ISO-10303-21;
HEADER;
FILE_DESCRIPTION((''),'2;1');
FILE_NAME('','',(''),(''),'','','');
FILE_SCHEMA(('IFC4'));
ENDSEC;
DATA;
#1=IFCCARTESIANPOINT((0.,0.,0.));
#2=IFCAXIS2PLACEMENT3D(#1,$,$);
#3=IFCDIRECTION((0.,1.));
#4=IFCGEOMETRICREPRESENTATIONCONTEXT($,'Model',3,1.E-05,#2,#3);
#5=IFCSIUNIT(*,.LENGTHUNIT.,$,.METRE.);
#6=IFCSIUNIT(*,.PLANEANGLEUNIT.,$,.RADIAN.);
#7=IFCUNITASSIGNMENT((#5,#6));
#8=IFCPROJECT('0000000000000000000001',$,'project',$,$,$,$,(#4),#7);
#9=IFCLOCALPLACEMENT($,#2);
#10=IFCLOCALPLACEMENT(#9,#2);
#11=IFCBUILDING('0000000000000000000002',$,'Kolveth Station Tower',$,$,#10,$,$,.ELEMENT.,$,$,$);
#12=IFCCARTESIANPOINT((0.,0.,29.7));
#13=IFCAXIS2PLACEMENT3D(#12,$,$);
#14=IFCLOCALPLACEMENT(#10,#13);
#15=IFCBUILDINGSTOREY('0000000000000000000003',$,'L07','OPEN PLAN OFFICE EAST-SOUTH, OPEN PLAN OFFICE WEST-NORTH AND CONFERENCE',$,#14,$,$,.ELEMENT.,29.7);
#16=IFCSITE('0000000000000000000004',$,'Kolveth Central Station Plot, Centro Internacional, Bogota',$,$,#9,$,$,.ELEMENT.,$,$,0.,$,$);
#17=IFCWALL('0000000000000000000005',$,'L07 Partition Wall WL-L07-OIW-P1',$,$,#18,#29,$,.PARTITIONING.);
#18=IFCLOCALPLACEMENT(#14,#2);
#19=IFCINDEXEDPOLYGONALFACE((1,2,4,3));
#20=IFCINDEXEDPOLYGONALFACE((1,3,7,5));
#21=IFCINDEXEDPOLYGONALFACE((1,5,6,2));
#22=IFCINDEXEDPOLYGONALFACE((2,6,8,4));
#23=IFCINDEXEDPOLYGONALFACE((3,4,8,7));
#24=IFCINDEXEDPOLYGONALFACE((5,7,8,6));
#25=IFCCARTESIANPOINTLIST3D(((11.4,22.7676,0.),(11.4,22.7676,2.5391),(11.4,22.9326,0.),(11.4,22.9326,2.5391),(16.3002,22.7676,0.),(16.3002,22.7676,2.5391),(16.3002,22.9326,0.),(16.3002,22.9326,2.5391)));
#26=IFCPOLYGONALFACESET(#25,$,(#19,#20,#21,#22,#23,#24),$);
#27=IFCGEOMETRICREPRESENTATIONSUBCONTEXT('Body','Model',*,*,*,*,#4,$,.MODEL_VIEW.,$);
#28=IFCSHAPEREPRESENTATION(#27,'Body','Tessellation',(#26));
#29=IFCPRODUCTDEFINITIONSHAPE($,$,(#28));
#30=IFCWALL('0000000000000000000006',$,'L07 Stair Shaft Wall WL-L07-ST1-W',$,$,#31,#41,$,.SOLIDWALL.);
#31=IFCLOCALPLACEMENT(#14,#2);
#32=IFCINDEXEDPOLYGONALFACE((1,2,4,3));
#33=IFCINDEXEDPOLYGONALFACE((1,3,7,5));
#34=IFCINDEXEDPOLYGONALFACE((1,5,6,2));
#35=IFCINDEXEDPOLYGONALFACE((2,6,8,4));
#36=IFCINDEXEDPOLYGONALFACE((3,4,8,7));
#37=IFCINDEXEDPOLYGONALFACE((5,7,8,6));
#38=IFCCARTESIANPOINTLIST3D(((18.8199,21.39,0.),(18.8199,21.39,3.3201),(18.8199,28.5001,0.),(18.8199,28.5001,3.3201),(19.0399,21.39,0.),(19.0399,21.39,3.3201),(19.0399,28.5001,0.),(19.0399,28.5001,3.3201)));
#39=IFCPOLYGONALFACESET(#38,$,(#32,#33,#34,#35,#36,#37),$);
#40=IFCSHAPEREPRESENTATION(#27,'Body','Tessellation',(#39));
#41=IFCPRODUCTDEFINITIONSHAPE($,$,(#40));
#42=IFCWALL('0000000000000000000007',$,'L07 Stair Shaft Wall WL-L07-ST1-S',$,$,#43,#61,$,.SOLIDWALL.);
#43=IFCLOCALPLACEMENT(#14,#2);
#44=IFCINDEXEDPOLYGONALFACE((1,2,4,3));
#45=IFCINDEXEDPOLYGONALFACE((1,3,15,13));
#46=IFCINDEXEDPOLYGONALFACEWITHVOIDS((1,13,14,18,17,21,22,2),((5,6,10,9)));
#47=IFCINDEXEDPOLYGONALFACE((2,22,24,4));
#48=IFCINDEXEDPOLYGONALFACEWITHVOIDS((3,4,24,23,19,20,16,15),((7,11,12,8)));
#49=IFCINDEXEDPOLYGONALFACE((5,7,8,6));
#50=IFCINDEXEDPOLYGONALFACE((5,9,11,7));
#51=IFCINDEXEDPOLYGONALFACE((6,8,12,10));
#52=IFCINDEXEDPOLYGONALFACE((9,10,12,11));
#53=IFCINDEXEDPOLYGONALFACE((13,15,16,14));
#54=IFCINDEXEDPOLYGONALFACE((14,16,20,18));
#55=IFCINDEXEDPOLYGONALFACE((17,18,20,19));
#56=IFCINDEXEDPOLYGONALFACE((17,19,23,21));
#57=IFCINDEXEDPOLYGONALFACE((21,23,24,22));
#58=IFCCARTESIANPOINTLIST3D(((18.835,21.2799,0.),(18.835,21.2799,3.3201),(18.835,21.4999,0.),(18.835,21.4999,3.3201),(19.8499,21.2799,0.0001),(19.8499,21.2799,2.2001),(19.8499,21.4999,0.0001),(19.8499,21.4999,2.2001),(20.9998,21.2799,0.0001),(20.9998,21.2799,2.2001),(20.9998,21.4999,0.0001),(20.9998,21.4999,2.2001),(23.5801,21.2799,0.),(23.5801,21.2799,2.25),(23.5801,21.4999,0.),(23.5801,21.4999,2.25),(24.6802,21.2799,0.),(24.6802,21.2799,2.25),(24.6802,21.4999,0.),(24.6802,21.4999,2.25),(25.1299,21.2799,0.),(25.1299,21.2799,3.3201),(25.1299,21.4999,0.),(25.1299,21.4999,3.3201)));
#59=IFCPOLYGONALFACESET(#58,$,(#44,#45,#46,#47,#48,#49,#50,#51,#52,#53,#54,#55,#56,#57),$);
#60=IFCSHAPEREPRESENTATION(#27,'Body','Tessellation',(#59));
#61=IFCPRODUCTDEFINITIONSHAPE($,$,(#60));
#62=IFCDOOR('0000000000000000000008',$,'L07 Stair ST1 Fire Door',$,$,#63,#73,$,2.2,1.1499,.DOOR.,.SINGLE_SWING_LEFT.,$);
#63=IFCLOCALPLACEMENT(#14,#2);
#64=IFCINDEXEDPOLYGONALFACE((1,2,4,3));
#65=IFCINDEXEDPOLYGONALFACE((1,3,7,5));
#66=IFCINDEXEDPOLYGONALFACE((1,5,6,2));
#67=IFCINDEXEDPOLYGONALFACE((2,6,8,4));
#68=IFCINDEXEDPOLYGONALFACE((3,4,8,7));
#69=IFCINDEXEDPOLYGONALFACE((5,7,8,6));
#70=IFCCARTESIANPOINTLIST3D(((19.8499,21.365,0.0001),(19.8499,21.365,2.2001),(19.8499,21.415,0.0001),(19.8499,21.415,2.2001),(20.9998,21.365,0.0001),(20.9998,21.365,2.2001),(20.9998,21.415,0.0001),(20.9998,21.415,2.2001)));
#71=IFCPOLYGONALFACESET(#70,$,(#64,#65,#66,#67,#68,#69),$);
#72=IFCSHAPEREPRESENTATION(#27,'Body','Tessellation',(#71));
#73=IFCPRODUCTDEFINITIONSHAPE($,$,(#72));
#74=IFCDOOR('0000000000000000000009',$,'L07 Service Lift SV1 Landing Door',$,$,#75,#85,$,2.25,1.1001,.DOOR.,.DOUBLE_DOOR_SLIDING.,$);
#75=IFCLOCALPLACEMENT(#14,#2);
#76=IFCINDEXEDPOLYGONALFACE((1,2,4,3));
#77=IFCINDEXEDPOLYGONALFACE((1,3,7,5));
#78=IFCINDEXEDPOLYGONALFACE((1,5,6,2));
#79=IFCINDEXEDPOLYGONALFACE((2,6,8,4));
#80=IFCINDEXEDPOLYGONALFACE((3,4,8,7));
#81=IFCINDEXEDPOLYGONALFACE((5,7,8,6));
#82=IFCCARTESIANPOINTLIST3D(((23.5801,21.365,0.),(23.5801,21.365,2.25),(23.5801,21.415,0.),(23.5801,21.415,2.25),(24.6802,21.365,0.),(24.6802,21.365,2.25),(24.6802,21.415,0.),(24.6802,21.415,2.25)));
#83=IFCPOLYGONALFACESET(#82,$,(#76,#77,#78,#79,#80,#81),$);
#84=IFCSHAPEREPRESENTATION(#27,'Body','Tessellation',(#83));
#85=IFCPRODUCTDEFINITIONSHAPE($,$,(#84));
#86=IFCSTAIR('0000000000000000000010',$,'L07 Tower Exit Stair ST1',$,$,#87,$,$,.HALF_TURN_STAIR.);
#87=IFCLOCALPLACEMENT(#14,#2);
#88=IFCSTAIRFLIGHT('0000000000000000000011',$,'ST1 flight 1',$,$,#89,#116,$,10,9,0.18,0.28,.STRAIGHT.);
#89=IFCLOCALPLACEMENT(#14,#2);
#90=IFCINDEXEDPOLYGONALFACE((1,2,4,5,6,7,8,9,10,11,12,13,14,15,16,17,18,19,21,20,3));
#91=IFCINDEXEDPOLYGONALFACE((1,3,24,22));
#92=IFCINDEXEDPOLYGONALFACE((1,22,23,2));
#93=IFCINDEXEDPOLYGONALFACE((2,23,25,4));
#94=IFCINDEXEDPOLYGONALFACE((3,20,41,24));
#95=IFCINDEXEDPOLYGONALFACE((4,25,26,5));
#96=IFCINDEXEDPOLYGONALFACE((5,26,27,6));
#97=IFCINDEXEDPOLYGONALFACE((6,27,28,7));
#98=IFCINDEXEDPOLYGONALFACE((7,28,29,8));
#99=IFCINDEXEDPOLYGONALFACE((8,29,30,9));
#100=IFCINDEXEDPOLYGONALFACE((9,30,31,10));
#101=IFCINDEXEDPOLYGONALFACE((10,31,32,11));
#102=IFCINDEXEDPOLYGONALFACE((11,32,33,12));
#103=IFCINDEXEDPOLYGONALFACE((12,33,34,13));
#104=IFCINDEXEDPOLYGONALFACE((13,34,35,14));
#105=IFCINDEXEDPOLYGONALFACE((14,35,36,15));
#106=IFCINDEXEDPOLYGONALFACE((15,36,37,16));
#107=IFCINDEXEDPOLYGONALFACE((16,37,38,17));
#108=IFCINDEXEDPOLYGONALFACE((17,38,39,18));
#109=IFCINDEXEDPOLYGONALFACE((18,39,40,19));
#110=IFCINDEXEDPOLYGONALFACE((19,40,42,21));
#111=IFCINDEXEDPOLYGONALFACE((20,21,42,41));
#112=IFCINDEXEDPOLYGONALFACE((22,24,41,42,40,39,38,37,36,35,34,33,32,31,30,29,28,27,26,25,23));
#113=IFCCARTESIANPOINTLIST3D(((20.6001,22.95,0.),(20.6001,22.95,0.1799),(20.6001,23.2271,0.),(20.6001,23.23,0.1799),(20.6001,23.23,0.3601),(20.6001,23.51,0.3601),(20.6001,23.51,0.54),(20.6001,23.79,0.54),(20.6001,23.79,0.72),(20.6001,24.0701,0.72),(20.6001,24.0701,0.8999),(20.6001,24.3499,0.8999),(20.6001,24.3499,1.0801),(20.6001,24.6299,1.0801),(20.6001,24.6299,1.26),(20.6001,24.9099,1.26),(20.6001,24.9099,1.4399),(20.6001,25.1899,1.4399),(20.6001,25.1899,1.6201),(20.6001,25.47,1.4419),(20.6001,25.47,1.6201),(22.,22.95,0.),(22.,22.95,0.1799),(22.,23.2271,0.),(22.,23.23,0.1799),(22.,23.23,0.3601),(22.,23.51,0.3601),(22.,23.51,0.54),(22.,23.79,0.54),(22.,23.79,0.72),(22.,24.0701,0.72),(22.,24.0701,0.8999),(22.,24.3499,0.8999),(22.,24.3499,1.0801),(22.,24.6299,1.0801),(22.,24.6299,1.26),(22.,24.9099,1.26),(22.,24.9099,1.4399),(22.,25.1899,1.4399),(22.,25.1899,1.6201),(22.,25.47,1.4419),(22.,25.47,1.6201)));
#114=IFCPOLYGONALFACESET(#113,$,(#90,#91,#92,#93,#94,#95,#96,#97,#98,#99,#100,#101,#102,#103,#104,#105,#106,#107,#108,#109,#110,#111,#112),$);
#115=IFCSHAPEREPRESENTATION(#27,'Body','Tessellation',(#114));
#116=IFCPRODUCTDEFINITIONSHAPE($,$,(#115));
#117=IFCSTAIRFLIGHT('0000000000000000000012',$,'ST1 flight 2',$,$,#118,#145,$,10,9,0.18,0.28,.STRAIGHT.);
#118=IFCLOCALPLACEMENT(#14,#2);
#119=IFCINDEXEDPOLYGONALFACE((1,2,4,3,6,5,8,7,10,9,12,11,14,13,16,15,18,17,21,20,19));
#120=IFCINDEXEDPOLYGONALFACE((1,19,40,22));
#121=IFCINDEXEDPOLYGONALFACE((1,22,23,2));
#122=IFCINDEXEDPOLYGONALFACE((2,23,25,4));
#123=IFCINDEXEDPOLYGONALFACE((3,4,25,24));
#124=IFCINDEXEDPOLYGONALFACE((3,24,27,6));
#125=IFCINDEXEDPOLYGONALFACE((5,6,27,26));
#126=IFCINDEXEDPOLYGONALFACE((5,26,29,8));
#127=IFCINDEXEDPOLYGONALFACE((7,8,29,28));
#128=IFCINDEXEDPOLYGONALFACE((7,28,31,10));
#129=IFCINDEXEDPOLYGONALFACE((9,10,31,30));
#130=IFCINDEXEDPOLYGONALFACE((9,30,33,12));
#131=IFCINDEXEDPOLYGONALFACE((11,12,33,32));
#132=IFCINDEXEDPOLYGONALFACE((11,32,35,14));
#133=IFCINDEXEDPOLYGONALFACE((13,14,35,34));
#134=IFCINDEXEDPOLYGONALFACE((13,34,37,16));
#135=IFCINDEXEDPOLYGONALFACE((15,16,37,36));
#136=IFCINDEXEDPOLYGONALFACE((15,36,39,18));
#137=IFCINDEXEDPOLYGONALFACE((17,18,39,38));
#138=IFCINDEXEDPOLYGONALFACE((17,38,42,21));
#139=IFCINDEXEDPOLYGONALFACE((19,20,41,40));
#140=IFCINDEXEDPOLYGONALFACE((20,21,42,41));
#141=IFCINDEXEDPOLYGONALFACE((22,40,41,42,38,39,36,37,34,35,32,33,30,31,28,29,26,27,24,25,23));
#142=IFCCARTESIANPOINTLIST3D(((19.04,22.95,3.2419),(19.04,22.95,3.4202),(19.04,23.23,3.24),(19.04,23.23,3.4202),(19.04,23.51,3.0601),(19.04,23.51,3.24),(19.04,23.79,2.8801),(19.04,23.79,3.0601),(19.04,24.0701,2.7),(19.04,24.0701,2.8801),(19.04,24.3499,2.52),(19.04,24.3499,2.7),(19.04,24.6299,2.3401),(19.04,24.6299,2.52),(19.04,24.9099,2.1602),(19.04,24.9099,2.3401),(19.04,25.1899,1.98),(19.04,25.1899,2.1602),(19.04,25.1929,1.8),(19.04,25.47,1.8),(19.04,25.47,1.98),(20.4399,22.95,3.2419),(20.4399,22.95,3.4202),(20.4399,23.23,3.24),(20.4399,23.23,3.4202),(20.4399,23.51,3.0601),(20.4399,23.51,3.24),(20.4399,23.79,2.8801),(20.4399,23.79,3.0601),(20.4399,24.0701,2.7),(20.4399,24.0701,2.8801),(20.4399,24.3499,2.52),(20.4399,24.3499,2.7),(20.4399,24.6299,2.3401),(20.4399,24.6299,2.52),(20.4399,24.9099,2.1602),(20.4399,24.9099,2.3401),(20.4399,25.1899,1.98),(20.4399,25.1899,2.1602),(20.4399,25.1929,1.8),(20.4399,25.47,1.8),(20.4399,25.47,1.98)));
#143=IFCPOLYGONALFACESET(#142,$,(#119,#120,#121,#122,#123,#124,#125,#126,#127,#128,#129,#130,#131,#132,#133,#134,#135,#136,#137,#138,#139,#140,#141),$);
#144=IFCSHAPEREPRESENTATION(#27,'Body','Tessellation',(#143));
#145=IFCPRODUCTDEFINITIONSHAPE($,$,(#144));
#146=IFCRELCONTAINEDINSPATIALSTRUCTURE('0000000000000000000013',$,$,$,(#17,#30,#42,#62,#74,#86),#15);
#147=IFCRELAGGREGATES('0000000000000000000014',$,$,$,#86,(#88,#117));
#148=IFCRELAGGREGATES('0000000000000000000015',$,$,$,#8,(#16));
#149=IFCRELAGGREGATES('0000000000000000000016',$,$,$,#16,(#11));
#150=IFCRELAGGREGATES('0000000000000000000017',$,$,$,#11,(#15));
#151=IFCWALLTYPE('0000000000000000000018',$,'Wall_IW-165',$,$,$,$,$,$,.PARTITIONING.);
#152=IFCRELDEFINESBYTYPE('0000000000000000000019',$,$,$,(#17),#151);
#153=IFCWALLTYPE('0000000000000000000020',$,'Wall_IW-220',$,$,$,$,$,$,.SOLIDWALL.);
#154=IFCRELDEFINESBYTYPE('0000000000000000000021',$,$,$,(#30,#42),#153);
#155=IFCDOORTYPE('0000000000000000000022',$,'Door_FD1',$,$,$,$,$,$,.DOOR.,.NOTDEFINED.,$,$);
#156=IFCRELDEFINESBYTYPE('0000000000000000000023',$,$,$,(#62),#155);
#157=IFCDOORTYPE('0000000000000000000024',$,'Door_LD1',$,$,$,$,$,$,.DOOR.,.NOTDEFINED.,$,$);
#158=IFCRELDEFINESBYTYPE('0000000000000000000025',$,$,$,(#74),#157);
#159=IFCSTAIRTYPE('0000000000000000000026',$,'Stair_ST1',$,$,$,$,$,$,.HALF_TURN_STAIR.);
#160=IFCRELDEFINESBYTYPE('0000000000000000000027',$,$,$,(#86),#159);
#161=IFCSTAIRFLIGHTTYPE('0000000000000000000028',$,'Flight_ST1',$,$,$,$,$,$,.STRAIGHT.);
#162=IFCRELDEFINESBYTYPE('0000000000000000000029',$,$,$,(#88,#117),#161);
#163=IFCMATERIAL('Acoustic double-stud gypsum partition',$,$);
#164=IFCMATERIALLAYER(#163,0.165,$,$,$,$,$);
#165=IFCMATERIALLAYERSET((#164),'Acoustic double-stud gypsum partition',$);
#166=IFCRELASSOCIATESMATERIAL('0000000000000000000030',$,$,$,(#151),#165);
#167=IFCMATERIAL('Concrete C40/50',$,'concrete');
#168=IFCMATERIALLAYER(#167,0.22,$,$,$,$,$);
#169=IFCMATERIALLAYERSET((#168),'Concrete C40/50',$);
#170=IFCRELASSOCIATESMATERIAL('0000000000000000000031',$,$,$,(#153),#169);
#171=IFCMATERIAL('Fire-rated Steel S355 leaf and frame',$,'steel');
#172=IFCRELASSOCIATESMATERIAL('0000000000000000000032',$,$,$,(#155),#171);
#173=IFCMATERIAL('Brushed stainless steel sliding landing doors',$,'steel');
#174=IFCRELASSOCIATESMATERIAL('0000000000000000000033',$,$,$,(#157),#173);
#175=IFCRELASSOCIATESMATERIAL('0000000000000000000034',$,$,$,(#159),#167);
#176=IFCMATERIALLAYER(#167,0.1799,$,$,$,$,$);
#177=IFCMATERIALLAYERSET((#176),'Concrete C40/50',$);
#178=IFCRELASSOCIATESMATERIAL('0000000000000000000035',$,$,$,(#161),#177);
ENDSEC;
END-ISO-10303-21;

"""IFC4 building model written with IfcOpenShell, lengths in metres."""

from ifc_helpers import new_model, si_unit, direction, frame, frame_2d, origin, place, context, subcontext, project, spatial, polyline, rectangle, outline, extrude, material, layer, layer_set, type_object, element, fill, aggregate, save


model = new_model("IFC4")

# Units and contexts
model_context = context("Model", 3, precision=1e-05, world=origin(), true_north=direction((0.0, 1.0)))
body_context = subcontext(model_context, "Body", "Model", "MODEL_VIEW")
ifc_project = project(units=[si_unit("LENGTHUNIT", "METRE"), si_unit("PLANEANGLEUNIT", "RADIAN")], contexts=[model_context])

# Site, building, storey
site_placement = place(None, origin())
site = spatial("IfcSite", under=ifc_project, at=site_placement, Name="Kolveth Central Station Plot, Centro Internacional, Bogota", CompositionType="ELEMENT", RefElevation=0.0)
building_placement = place(site_placement, origin())
building = spatial("IfcBuilding", under=site, at=building_placement, Name="Kolveth Station Tower", CompositionType="ELEMENT")
storey_placement = place(building_placement, frame((0.0, 0.0, 29.7)))
storey = spatial("IfcBuildingStorey", under=building, at=storey_placement, Name="L07", Description="OPEN PLAN OFFICE EAST-SOUTH, OPEN PLAN OFFICE WEST-NORTH AND CONFERENCE", CompositionType="ELEMENT", Elevation=29.7)

# Walls
ifc_material_1 = material(Name="Acoustic double-stud gypsum partition")
ifc_layer_1 = layer(ifc_material_1, 0.165)
ifc_layer_set_1 = layer_set([ifc_layer_1], Name="Acoustic double-stud gypsum partition")
wall_type_1 = type_object("IfcWallType", Name="Wall_IW-165", PredefinedType="PARTITIONING", material=ifc_layer_set_1)
wall_1_placement = place(storey_placement, frame((11.3999, 22.8501, 0.0), z_axis=(0.0, 0.0, 1.0), x_axis=(1.0, 0.0, 0.0)))
element("IfcWall", 1, at=wall_1_placement, inside=storey, type_object=wall_type_1, Name="L07 Partition Wall WL-L07-OIW-P1", PredefinedType="PARTITIONING", context=body_context, shape_type="SweptSolid", body=[
    extrude(rectangle(XDim=4.9001, YDim=0.165, at=frame_2d((2.4502, 0.0))), origin(), (0.0, 0.0, 1.0), 2.5391),
])
ifc_material_2 = material(Name="Concrete C40/50", Category="concrete")
ifc_layer_2 = layer(ifc_material_2, 0.22)
ifc_layer_set_2 = layer_set([ifc_layer_2], Name="Concrete C40/50")
wall_type_2 = type_object("IfcWallType", Name="Wall_IW-220", PredefinedType="SOLIDWALL", material=ifc_layer_set_2)
wall_2_placement = place(storey_placement, frame((18.9299, 21.3899, 0.0), z_axis=(0.0, 0.0, 1.0), x_axis=(0.0, 1.0, 0.0)))
element("IfcWall", 2, at=wall_2_placement, inside=storey, type_object=wall_type_2, Name="L07 Stair Shaft Wall WL-L07-ST1-W", PredefinedType="SOLIDWALL", context=body_context, shape_type="SweptSolid", body=[
    extrude(rectangle(XDim=7.1101, YDim=0.22, at=frame_2d((3.5552, 0.0))), origin(), (0.0, 0.0, 1.0), 3.3201),
])

# Wall, openings, doors
wall_3_placement = place(storey_placement, frame((18.835, 21.3899, 0.0), z_axis=(0.0, 0.0, 1.0), x_axis=(1.0, 0.0, 0.0)))
wall_3 = element("IfcWall", 3, at=wall_3_placement, inside=storey, type_object=wall_type_2, Name="L07 Stair Shaft Wall WL-L07-ST1-S", PredefinedType="SOLIDWALL", context=body_context, shape_type="SweptSolid", body=[
    extrude(rectangle(XDim=6.2949, YDim=0.22, at=frame_2d((3.1475, 0.0))), origin(), (0.0, 0.0, 1.0), 3.3201),
])
opening_1_placement = place(wall_3_placement, frame((1.0149, 0.0, 0.0)))
opening_1 = element("IfcOpeningElement", 4, at=opening_1_placement, cuts=wall_3, PredefinedType="OPENING", context=body_context, shape_type="SweptSolid", body=[
    extrude(rectangle(XDim=1.1499, YDim=2.2, at=frame_2d((0.575, 1.1001))), frame((0.0, 0.1199, 0.0), z_axis=(0.0, -1.0, 0.0), x_axis=(1.0, 0.0, 0.0)), (0.0, 0.0, 1.0), 0.24),
])
opening_2_placement = place(wall_3_placement, frame((4.7451, 0.0, 0.0)))
opening_2 = element("IfcOpeningElement", 5, at=opening_2_placement, cuts=wall_3, PredefinedType="OPENING", context=body_context, shape_type="SweptSolid", body=[
    extrude(rectangle(XDim=1.1001, YDim=2.25, at=frame_2d((0.55, 1.125))), frame((0.0, 0.1199, 0.0), z_axis=(0.0, -1.0, 0.0), x_axis=(1.0, 0.0, 0.0)), (0.0, 0.0, 1.0), 0.24),
])
ifc_material_3 = material(Name="Fire-rated Steel S355 leaf and frame", Category="steel")
door_type_1 = type_object("IfcDoorType", Name="Door_FD1", OperationType="NOTDEFINED", PredefinedType="DOOR", material=ifc_material_3)
door_1_placement = place(opening_1_placement, frame((1.1499, 0.0, 0.0), z_axis=(0.0, 0.0, 1.0), x_axis=(-1.0, 0.0, 0.0)))
door_1 = element("IfcDoor", 6, at=door_1_placement, inside=storey, type_object=door_type_1, Name="L07 Stair ST1 Fire Door", OperationType="SINGLE_SWING_LEFT", OverallHeight=2.2, OverallWidth=1.1499, PredefinedType="DOOR", context=body_context, shape_type="SweptSolid", body=[
    extrude(rectangle(XDim=1.1499, YDim=2.2, at=frame_2d((0.575, 1.1001))), frame((0.0, 0.0249, 0.0), z_axis=(0.0, -1.0, 0.0), x_axis=(1.0, 0.0, 0.0)), (0.0, 0.0, 1.0), 0.05),
])
fill(opening_1, door_1)
ifc_material_4 = material(Name="Brushed stainless steel sliding landing doors", Category="steel")
door_type_2 = type_object("IfcDoorType", Name="Door_LD1", OperationType="NOTDEFINED", PredefinedType="DOOR", material=ifc_material_4)
door_2_placement = place(opening_2_placement, frame((1.1001, 0.0, 0.0), z_axis=(0.0, 0.0, 1.0), x_axis=(-1.0, 0.0, 0.0)))
door_2 = element("IfcDoor", 7, at=door_2_placement, inside=storey, type_object=door_type_2, Name="L07 Service Lift SV1 Landing Door", OperationType="DOUBLE_DOOR_SLIDING", OverallHeight=2.25, OverallWidth=1.1001, PredefinedType="DOOR", context=body_context, shape_type="SweptSolid", body=[
    extrude(rectangle(XDim=1.1001, YDim=2.25, at=frame_2d((0.55, 1.125))), frame((0.0, 0.0249, 0.0), z_axis=(0.0, -1.0, 0.0), x_axis=(1.0, 0.0, 0.0)), (0.0, 0.0, 1.0), 0.05),
])
fill(opening_2, door_2)

# Stair, stair flights
stair_type = type_object("IfcStairType", Name="Stair_ST1", PredefinedType="HALF_TURN_STAIR", material=ifc_material_2)
stair_placement = place(storey_placement, origin())
stair = element("IfcStair", 8, at=stair_placement, inside=storey, type_object=stair_type, Name="L07 Tower Exit Stair ST1", PredefinedType="HALF_TURN_STAIR")
ifc_layer_3 = layer(ifc_material_2, 0.1799)
ifc_layer_set_3 = layer_set([ifc_layer_3], Name="Concrete C40/50")
stair_flight_type = type_object("IfcStairFlightType", Name="Flight_ST1", PredefinedType="STRAIGHT", material=ifc_layer_set_3)
stair_flight_1_placement = place(storey_placement, frame((21.3, 22.95, 0.0), z_axis=(0.0, 0.0, 1.0), x_axis=(0.0, 1.0, 0.0)))
stair_flight_1 = element("IfcStairFlight", 9, at=stair_flight_1_placement, type_object=stair_flight_type, Name="ST1 flight 1", NumberOfRisers=10, NumberOfTreads=9, PredefinedType="STRAIGHT", RiserHeight=0.18, TreadLength=0.28, context=body_context, shape_type="SweptSolid", body=[
    extrude(outline(polyline([(0.0, 0.0), (0.0, 0.1799), (0.28, 0.1799), (0.28, 0.3601), (0.5601, 0.3601), (0.5601, 0.54), (0.8401, 0.54), (0.8401, 0.72), (1.1201, 0.72), (1.1201, 0.8999), (1.3999, 0.8999), (1.3999, 1.0801), (1.6799, 1.0801), (1.6799, 1.26), (1.96, 1.26), (1.96, 1.4399), (2.24, 1.4399), (2.24, 1.6201), (2.52, 1.6201), (2.52, 1.8), (2.52, 1.4419), (0.2771, 0.0), (0.0, 0.0)])), frame((0.0, 0.7, 0.0), z_axis=(0.0, -1.0, 0.0), x_axis=(1.0, 0.0, 0.0)), (0.0, 0.0, 1.0), 1.3999),
])
stair_flight_2_placement = place(storey_placement, frame((19.74, 25.47, 1.8), z_axis=(0.0, 0.0, 1.0), x_axis=(0.0, -1.0, 0.0)))
stair_flight_2 = element("IfcStairFlight", 10, at=stair_flight_2_placement, type_object=stair_flight_type, Name="ST1 flight 2", NumberOfRisers=10, NumberOfTreads=9, PredefinedType="STRAIGHT", RiserHeight=0.18, TreadLength=0.28, context=body_context, shape_type="SweptSolid", body=[
    extrude(outline(polyline([(0.0, 0.0), (0.0, 0.1799), (0.28, 0.1799), (0.28, 0.3601), (0.5601, 0.3601), (0.5601, 0.54), (0.8401, 0.54), (0.8401, 0.72), (1.1201, 0.72), (1.1201, 0.8999), (1.3999, 0.8999), (1.3999, 1.0801), (1.6799, 1.0801), (1.6799, 1.26), (1.96, 1.26), (1.96, 1.4399), (2.24, 1.4399), (2.24, 1.6201), (2.52, 1.6201), (2.52, 1.8), (2.52, 1.4419), (0.2771, 0.0), (0.0, 0.0)])), frame((0.0, 0.7, 0.0), z_axis=(0.0, -1.0, 0.0), x_axis=(1.0, 0.0, 0.0)), (0.0, 0.0, 1.0), 1.3999),
])
aggregate(stair, [stair_flight_1, stair_flight_2])

save(model, "model.ifc")
